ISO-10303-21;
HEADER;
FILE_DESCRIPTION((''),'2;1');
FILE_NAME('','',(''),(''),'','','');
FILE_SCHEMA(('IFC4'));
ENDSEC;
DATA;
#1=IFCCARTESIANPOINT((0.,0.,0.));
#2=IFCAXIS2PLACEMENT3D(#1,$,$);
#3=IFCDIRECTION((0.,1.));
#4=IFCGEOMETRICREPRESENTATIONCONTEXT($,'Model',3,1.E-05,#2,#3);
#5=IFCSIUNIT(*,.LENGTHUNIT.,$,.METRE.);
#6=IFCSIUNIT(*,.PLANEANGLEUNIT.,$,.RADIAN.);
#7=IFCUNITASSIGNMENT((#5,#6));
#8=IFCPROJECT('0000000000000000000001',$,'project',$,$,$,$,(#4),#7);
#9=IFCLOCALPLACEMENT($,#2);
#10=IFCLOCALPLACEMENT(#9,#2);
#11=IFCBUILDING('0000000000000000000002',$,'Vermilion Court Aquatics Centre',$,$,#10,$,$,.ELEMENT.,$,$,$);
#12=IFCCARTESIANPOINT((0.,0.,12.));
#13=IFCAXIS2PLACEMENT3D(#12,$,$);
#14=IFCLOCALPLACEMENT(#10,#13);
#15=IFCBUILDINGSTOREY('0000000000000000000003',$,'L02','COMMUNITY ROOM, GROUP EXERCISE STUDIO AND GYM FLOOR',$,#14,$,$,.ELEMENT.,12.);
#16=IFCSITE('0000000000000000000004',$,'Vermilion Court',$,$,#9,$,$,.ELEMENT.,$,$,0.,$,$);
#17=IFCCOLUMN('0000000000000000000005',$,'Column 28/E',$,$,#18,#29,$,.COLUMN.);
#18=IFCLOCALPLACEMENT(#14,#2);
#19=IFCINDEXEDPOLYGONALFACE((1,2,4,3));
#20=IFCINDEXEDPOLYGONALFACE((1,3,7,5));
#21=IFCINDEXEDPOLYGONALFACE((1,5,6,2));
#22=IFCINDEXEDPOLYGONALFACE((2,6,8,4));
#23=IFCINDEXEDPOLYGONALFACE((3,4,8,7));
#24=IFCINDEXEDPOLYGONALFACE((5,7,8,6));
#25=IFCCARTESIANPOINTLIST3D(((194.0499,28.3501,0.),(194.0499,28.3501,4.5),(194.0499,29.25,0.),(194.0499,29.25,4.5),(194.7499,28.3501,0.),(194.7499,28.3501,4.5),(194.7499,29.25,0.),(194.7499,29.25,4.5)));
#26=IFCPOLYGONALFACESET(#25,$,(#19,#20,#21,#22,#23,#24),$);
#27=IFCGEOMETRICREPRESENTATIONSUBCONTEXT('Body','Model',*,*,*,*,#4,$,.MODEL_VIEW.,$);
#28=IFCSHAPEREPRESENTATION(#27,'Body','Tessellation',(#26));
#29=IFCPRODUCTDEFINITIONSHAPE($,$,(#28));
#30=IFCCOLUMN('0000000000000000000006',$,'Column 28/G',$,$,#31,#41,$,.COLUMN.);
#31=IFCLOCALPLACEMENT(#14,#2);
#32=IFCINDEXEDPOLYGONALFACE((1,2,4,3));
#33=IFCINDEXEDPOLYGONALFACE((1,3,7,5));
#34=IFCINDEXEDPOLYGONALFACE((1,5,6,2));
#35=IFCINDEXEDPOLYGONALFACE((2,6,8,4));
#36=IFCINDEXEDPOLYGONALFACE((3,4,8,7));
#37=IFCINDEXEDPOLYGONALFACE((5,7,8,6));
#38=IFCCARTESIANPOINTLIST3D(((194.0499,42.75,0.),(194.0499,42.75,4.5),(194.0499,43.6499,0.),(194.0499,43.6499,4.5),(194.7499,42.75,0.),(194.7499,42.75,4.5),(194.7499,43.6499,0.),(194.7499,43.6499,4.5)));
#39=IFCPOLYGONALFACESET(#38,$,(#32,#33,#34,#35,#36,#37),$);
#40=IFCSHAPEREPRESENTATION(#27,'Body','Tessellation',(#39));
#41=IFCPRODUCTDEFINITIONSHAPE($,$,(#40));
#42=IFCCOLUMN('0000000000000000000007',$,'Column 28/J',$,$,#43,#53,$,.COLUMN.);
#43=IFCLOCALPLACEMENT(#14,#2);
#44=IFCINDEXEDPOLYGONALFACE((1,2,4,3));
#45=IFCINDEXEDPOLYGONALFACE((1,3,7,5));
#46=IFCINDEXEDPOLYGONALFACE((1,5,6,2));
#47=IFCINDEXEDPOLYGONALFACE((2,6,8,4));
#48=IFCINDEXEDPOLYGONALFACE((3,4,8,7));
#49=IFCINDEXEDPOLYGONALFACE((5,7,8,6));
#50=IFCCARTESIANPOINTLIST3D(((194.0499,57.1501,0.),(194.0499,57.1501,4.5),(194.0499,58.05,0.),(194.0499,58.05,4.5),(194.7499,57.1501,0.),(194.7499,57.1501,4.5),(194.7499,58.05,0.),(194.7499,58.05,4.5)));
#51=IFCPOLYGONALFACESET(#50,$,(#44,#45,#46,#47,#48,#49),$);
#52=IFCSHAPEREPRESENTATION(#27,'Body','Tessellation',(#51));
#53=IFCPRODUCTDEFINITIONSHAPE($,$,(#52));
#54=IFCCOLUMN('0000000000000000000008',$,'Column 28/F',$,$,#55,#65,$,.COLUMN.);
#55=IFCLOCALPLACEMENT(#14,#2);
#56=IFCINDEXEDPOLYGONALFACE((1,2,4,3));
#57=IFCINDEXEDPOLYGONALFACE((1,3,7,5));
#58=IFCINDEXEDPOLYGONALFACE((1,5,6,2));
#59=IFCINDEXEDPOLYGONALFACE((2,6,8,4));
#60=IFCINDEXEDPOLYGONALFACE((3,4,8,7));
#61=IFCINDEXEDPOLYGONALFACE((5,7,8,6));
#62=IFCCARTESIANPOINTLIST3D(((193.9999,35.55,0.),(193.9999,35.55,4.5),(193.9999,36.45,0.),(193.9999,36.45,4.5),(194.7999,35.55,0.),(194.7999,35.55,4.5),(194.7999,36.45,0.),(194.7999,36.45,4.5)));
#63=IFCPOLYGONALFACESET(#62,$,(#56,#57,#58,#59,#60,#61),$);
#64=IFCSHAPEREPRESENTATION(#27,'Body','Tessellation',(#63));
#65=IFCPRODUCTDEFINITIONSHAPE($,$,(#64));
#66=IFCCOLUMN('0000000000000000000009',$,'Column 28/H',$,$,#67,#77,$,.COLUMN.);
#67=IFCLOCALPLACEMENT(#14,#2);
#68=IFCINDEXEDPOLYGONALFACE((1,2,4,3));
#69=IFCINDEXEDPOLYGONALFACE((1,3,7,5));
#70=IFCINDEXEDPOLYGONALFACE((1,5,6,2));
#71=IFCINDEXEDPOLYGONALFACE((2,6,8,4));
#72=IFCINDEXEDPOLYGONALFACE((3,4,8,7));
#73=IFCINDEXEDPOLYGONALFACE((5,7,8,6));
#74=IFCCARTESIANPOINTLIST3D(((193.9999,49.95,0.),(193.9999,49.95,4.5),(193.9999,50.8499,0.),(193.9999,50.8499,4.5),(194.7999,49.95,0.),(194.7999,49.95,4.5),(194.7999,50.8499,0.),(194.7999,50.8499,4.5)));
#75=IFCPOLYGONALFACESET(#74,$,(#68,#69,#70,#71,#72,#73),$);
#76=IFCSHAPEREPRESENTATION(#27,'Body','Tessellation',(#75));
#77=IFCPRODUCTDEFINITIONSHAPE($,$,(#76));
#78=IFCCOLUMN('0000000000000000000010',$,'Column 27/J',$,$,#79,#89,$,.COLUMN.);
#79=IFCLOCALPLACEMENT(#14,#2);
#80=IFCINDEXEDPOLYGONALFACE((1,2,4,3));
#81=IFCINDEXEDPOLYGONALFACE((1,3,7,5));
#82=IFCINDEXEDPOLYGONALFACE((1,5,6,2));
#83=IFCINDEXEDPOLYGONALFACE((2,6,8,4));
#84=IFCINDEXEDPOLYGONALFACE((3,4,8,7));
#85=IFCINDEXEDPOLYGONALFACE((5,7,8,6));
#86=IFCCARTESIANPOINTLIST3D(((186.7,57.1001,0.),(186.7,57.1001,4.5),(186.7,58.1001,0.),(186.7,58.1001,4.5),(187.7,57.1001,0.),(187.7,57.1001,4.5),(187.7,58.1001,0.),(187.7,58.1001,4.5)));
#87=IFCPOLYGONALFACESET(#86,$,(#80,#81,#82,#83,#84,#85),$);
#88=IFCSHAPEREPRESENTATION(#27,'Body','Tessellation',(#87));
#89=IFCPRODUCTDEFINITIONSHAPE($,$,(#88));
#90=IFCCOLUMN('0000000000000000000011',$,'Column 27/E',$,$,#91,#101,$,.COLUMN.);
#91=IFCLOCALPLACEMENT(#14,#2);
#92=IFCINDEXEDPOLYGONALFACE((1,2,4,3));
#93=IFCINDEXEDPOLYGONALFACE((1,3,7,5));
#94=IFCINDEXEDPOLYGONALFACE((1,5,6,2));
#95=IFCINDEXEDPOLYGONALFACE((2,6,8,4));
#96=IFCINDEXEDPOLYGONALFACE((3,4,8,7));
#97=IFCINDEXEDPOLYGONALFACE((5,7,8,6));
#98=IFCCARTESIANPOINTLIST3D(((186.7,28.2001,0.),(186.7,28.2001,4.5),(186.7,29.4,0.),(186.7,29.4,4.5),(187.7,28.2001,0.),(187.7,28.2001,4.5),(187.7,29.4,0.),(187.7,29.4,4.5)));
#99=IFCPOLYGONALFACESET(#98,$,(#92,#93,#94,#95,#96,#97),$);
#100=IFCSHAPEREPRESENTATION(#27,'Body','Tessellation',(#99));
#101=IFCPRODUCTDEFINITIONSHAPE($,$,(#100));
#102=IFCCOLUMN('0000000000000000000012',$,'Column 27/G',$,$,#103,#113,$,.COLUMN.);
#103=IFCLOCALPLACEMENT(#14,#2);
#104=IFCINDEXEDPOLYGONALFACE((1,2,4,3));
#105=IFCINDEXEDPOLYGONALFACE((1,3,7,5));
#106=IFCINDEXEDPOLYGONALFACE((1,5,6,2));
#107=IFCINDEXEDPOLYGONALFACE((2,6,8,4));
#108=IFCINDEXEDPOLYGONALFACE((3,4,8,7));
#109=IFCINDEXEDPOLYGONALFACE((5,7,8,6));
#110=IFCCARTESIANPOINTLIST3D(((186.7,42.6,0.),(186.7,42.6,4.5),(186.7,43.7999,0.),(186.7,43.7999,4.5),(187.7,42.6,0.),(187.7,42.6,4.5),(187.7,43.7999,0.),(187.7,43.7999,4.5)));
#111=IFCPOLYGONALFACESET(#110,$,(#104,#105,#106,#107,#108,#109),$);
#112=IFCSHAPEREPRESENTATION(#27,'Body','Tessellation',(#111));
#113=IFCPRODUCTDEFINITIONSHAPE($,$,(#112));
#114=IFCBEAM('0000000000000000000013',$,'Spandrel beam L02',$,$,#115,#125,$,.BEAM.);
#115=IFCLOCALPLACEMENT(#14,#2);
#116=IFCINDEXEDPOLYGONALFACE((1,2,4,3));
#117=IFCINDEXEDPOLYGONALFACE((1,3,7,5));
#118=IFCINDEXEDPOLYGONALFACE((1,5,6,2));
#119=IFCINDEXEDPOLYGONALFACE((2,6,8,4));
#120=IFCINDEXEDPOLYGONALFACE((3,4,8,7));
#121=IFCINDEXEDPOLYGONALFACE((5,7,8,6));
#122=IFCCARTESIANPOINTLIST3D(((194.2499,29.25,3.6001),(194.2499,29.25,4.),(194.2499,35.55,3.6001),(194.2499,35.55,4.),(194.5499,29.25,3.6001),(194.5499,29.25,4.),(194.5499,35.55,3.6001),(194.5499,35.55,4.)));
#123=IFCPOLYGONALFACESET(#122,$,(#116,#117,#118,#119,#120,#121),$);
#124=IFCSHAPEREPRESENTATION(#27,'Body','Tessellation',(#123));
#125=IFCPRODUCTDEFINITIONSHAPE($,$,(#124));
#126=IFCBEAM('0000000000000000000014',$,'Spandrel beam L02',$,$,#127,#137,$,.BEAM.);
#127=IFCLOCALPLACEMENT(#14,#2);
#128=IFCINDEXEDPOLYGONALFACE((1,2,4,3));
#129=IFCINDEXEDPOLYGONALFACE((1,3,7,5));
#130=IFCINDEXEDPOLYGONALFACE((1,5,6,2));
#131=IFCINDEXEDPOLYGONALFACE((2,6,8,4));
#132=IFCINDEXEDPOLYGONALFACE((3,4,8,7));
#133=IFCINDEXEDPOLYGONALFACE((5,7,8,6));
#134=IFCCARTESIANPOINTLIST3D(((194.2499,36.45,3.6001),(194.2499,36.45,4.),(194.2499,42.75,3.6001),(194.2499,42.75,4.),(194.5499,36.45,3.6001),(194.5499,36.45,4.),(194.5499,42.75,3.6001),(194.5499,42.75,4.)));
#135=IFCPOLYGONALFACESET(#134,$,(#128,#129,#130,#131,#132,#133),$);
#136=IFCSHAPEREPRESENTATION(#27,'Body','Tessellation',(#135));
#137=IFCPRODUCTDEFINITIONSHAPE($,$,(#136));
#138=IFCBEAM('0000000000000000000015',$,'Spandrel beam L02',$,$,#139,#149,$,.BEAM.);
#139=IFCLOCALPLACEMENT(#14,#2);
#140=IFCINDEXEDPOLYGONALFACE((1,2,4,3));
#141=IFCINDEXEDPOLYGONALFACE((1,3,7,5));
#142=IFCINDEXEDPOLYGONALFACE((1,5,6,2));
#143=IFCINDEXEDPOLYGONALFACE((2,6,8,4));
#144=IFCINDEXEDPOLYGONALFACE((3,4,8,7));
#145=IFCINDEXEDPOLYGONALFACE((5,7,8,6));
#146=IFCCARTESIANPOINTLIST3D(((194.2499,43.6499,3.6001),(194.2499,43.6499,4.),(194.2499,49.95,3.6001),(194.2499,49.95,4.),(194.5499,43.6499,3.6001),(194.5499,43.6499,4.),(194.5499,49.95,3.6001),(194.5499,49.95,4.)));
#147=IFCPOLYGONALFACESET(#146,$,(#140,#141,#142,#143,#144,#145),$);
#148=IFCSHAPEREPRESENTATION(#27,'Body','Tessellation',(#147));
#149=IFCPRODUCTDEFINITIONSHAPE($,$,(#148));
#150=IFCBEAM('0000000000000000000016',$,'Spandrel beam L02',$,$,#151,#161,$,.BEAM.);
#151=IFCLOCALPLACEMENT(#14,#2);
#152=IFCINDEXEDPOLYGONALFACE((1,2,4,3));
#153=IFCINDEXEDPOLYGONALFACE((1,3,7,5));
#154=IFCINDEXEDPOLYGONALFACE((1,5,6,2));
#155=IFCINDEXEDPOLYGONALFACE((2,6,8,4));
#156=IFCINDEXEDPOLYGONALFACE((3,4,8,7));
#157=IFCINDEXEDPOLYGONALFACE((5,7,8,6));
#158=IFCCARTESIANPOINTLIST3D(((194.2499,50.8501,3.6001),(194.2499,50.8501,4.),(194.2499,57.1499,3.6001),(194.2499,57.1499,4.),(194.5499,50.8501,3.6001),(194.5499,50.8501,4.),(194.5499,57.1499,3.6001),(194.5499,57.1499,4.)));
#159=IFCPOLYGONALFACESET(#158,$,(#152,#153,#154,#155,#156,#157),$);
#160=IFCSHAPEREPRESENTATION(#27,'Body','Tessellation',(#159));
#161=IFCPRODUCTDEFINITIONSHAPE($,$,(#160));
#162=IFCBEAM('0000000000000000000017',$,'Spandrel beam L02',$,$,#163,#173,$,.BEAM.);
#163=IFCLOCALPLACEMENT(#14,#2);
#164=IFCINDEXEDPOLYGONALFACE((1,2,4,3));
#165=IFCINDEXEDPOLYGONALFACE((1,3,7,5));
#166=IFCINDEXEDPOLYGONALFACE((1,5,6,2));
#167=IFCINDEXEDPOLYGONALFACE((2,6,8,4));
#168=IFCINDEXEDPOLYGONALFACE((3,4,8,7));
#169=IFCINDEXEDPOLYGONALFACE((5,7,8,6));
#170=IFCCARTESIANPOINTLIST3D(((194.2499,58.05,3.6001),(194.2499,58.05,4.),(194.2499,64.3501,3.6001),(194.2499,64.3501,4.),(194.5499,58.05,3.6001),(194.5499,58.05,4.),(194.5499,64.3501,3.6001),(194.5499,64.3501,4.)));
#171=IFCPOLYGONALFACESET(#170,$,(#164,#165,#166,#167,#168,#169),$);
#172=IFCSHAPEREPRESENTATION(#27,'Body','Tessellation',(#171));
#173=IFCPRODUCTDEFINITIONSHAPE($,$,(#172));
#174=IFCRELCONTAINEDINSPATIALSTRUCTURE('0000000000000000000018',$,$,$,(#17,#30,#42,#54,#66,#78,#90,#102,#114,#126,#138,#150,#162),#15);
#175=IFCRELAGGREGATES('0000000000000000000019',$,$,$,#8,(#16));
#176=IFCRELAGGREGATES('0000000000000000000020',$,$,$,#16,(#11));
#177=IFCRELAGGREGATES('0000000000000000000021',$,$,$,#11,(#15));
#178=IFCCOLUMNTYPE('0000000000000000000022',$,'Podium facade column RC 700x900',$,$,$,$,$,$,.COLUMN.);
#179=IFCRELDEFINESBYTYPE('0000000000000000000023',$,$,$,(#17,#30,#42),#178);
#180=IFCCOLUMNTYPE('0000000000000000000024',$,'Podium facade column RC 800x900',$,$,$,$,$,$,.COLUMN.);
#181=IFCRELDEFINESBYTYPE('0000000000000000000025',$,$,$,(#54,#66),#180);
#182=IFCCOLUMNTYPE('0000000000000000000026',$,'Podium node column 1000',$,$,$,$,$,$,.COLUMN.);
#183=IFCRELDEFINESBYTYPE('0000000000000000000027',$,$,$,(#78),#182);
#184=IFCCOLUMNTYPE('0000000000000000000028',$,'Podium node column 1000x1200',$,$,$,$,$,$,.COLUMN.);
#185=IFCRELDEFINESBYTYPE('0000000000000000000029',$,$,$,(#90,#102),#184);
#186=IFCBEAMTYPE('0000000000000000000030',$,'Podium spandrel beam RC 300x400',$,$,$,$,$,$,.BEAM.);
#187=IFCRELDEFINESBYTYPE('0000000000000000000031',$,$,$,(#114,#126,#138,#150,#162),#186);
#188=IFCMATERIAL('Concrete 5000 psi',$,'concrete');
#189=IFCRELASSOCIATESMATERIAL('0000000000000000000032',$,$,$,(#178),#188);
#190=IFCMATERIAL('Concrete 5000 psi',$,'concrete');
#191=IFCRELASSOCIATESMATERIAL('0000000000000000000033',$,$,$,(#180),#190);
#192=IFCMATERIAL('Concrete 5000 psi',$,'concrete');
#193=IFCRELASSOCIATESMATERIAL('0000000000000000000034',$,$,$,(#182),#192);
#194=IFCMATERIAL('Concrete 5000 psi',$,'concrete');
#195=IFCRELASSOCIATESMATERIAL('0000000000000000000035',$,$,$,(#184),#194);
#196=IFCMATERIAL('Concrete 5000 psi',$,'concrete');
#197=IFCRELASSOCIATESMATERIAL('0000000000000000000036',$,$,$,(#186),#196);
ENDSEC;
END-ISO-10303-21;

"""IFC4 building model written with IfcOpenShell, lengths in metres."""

from ifc_helpers import new_model, si_unit, direction, frame, origin, origin_2d, place, context, subcontext, project, spatial, rectangle, extrude, material, material_profile, profile_set, type_object, element, save


model = new_model("IFC4")

# Units and contexts
model_context = context("Model", 3, precision=1e-05, world=origin(), true_north=direction((0.0, 1.0)))
body_context = subcontext(model_context, "Body", "Model", "MODEL_VIEW")
ifc_project = project(units=[si_unit("LENGTHUNIT", "METRE"), si_unit("PLANEANGLEUNIT", "RADIAN")], contexts=[model_context])

# Site, building, storey
site_placement = place(None, origin())
site = spatial("IfcSite", under=ifc_project, at=site_placement, Name="Vermilion Court", CompositionType="ELEMENT", RefElevation=0.0)
building_placement = place(site_placement, origin())
building = spatial("IfcBuilding", under=site, at=building_placement, Name="Vermilion Court Aquatics Centre", CompositionType="ELEMENT")
storey_placement = place(building_placement, frame((0.0, 0.0, 12.0)))
storey = spatial("IfcBuildingStorey", under=building, at=storey_placement, Name="L02", Description="COMMUNITY ROOM, GROUP EXERCISE STUDIO AND GYM FLOOR", CompositionType="ELEMENT", Elevation=12.0)

# Columns
ifc_material_1 = material(Name="Concrete 5000 psi", Category="concrete")
ifc_material_profile_1 = material_profile(ifc_material_1, rectangle(XDim=0.7, YDim=0.8999, at=origin_2d()), Name="RC 700x900")
ifc_profile_set_1 = profile_set([ifc_material_profile_1], Name="Concrete 5000 psi")
column_type_1 = type_object("IfcColumnType", Name="Podium facade column RC 700x900", PredefinedType="COLUMN", material=ifc_profile_set_1)
for number, where, z_axis, x_axis, name in (
    (1, (194.3999, 28.8, 0.0), (0.0, 0.0, 1.0), (1.0, 0.0, 0.0), "Column 28/E"),
    (2, (194.3999, 43.2, 0.0), (0.0, 0.0, 1.0), (1.0, 0.0, 0.0), "Column 28/G"),
    (3, (194.3999, 57.6001, 0.0), (0.0, 0.0, 1.0), (1.0, 0.0, 0.0), "Column 28/J"),
):
    element("IfcColumn", number, at=place(storey_placement, frame(where, z_axis=z_axis, x_axis=x_axis)), inside=storey, type_object=column_type_1, Name=name, PredefinedType="COLUMN", context=body_context, shape_type="SweptSolid", body=[
        extrude(rectangle(XDim=0.7, YDim=0.8999, at=origin_2d()), origin(), (0.0, 0.0, 1.0), 4.5),
    ])
ifc_material_2 = material(Name="Concrete 5000 psi", Category="concrete")
ifc_material_profile_2 = material_profile(ifc_material_2, rectangle(XDim=0.8, YDim=0.8999, at=origin_2d()), Name="RC 800x900")
ifc_profile_set_2 = profile_set([ifc_material_profile_2], Name="Concrete 5000 psi")
column_type_2 = type_object("IfcColumnType", Name="Podium facade column RC 800x900", PredefinedType="COLUMN", material=ifc_profile_set_2)
for number, where, z_axis, x_axis, name in (
    (4, (194.3999, 36.0, 0.0), (0.0, 0.0, 1.0), (1.0, 0.0, 0.0), "Column 28/F"),
    (5, (194.3999, 50.3999, 0.0), (0.0, 0.0, 1.0), (1.0, 0.0, 0.0), "Column 28/H"),
):
    element("IfcColumn", number, at=place(storey_placement, frame(where, z_axis=z_axis, x_axis=x_axis)), inside=storey, type_object=column_type_2, Name=name, PredefinedType="COLUMN", context=body_context, shape_type="SweptSolid", body=[
        extrude(rectangle(XDim=0.8, YDim=0.8999, at=origin_2d()), origin(), (0.0, 0.0, 1.0), 4.5),
    ])
ifc_material_3 = material(Name="Concrete 5000 psi", Category="concrete")
ifc_material_profile_3 = material_profile(ifc_material_3, rectangle(XDim=1.0, YDim=1.0, at=origin_2d()), Name="RC 1000x1000")
ifc_profile_set_3 = profile_set([ifc_material_profile_3], Name="Concrete 5000 psi")
column_type_3 = type_object("IfcColumnType", Name="Podium node column 1000", PredefinedType="COLUMN", material=ifc_profile_set_3)
column_placement = place(storey_placement, frame((187.2, 57.6001, 0.0), z_axis=(0.0, 0.0, 1.0), x_axis=(1.0, 0.0, 0.0)))
element("IfcColumn", 6, at=column_placement, inside=storey, type_object=column_type_3, Name="Column 27/J", PredefinedType="COLUMN", context=body_context, shape_type="SweptSolid", body=[
    extrude(rectangle(XDim=1.0, YDim=1.0, at=origin_2d()), origin(), (0.0, 0.0, 1.0), 4.5),
])
ifc_material_4 = material(Name="Concrete 5000 psi", Category="concrete")
ifc_material_profile_4 = material_profile(ifc_material_4, rectangle(XDim=1.0, YDim=1.2, at=origin_2d()), Name="RC 1000x1200")
ifc_profile_set_4 = profile_set([ifc_material_profile_4], Name="Concrete 5000 psi")
column_type_4 = type_object("IfcColumnType", Name="Podium node column 1000x1200", PredefinedType="COLUMN", material=ifc_profile_set_4)
for number, where, z_axis, x_axis, name in (
    (7, (187.2, 28.8, 0.0), (0.0, 0.0, 1.0), (1.0, 0.0, 0.0), "Column 27/E"),
    (8, (187.2, 43.2, 0.0), (0.0, 0.0, 1.0), (1.0, 0.0, 0.0), "Column 27/G"),
):
    element("IfcColumn", number, at=place(storey_placement, frame(where, z_axis=z_axis, x_axis=x_axis)), inside=storey, type_object=column_type_4, Name=name, PredefinedType="COLUMN", context=body_context, shape_type="SweptSolid", body=[
        extrude(rectangle(XDim=1.0, YDim=1.2, at=origin_2d()), origin(), (0.0, 0.0, 1.0), 4.5),
    ])

# Beams
ifc_material_5 = material(Name="Concrete 5000 psi", Category="concrete")
ifc_material_profile_5 = material_profile(ifc_material_5, rectangle(XDim=0.3, YDim=0.3999, at=origin_2d()), Name="RC 300x400")
ifc_profile_set_5 = profile_set([ifc_material_profile_5], Name="Concrete 5000 psi")
beam_type = type_object("IfcBeamType", Name="Podium spandrel beam RC 300x400", PredefinedType="BEAM", material=ifc_profile_set_5)
for number, where, z_axis, x_axis, name in (
    (9, (194.3999, 29.25, 3.8), (0.0, 1.0, 0.0), (-1.0, 0.0, 0.0), "Spandrel beam L02"),
    (10, (194.3999, 36.45, 3.8), (0.0, 1.0, 0.0), (-1.0, 0.0, 0.0), "Spandrel beam L02"),
    (11, (194.3999, 43.6499, 3.8), (0.0, 1.0, 0.0), (-1.0, 0.0, 0.0), "Spandrel beam L02"),
):
    element("IfcBeam", number, at=place(storey_placement, frame(where, z_axis=z_axis, x_axis=x_axis)), inside=storey, type_object=beam_type, Name=name, PredefinedType="BEAM", context=body_context, shape_type="SweptSolid", body=[
        extrude(rectangle(XDim=0.3, YDim=0.3999, at=origin_2d()), origin(), (0.0, 0.0, 1.0), 6.3),
    ])
beam_1_placement = place(storey_placement, frame((194.3999, 50.8501, 3.8), z_axis=(0.0, 1.0, 0.0), x_axis=(-1.0, 0.0, 0.0)))
element("IfcBeam", 12, at=beam_1_placement, inside=storey, type_object=beam_type, Name="Spandrel beam L02", PredefinedType="BEAM", context=body_context, shape_type="SweptSolid", body=[
    extrude(rectangle(XDim=0.3, YDim=0.3999, at=origin_2d()), origin(), (0.0, 0.0, 1.0), 6.2998),
])
beam_2_placement = place(storey_placement, frame((194.3999, 58.05, 3.8), z_axis=(0.0, 1.0, 0.0), x_axis=(-1.0, 0.0, 0.0)))
element("IfcBeam", 13, at=beam_2_placement, inside=storey, type_object=beam_type, Name="Spandrel beam L02", PredefinedType="BEAM", context=body_context, shape_type="SweptSolid", body=[
    extrude(rectangle(XDim=0.3, YDim=0.3999, at=origin_2d()), origin(), (0.0, 0.0, 1.0), 6.3),
])

save(model, "model.ifc")
